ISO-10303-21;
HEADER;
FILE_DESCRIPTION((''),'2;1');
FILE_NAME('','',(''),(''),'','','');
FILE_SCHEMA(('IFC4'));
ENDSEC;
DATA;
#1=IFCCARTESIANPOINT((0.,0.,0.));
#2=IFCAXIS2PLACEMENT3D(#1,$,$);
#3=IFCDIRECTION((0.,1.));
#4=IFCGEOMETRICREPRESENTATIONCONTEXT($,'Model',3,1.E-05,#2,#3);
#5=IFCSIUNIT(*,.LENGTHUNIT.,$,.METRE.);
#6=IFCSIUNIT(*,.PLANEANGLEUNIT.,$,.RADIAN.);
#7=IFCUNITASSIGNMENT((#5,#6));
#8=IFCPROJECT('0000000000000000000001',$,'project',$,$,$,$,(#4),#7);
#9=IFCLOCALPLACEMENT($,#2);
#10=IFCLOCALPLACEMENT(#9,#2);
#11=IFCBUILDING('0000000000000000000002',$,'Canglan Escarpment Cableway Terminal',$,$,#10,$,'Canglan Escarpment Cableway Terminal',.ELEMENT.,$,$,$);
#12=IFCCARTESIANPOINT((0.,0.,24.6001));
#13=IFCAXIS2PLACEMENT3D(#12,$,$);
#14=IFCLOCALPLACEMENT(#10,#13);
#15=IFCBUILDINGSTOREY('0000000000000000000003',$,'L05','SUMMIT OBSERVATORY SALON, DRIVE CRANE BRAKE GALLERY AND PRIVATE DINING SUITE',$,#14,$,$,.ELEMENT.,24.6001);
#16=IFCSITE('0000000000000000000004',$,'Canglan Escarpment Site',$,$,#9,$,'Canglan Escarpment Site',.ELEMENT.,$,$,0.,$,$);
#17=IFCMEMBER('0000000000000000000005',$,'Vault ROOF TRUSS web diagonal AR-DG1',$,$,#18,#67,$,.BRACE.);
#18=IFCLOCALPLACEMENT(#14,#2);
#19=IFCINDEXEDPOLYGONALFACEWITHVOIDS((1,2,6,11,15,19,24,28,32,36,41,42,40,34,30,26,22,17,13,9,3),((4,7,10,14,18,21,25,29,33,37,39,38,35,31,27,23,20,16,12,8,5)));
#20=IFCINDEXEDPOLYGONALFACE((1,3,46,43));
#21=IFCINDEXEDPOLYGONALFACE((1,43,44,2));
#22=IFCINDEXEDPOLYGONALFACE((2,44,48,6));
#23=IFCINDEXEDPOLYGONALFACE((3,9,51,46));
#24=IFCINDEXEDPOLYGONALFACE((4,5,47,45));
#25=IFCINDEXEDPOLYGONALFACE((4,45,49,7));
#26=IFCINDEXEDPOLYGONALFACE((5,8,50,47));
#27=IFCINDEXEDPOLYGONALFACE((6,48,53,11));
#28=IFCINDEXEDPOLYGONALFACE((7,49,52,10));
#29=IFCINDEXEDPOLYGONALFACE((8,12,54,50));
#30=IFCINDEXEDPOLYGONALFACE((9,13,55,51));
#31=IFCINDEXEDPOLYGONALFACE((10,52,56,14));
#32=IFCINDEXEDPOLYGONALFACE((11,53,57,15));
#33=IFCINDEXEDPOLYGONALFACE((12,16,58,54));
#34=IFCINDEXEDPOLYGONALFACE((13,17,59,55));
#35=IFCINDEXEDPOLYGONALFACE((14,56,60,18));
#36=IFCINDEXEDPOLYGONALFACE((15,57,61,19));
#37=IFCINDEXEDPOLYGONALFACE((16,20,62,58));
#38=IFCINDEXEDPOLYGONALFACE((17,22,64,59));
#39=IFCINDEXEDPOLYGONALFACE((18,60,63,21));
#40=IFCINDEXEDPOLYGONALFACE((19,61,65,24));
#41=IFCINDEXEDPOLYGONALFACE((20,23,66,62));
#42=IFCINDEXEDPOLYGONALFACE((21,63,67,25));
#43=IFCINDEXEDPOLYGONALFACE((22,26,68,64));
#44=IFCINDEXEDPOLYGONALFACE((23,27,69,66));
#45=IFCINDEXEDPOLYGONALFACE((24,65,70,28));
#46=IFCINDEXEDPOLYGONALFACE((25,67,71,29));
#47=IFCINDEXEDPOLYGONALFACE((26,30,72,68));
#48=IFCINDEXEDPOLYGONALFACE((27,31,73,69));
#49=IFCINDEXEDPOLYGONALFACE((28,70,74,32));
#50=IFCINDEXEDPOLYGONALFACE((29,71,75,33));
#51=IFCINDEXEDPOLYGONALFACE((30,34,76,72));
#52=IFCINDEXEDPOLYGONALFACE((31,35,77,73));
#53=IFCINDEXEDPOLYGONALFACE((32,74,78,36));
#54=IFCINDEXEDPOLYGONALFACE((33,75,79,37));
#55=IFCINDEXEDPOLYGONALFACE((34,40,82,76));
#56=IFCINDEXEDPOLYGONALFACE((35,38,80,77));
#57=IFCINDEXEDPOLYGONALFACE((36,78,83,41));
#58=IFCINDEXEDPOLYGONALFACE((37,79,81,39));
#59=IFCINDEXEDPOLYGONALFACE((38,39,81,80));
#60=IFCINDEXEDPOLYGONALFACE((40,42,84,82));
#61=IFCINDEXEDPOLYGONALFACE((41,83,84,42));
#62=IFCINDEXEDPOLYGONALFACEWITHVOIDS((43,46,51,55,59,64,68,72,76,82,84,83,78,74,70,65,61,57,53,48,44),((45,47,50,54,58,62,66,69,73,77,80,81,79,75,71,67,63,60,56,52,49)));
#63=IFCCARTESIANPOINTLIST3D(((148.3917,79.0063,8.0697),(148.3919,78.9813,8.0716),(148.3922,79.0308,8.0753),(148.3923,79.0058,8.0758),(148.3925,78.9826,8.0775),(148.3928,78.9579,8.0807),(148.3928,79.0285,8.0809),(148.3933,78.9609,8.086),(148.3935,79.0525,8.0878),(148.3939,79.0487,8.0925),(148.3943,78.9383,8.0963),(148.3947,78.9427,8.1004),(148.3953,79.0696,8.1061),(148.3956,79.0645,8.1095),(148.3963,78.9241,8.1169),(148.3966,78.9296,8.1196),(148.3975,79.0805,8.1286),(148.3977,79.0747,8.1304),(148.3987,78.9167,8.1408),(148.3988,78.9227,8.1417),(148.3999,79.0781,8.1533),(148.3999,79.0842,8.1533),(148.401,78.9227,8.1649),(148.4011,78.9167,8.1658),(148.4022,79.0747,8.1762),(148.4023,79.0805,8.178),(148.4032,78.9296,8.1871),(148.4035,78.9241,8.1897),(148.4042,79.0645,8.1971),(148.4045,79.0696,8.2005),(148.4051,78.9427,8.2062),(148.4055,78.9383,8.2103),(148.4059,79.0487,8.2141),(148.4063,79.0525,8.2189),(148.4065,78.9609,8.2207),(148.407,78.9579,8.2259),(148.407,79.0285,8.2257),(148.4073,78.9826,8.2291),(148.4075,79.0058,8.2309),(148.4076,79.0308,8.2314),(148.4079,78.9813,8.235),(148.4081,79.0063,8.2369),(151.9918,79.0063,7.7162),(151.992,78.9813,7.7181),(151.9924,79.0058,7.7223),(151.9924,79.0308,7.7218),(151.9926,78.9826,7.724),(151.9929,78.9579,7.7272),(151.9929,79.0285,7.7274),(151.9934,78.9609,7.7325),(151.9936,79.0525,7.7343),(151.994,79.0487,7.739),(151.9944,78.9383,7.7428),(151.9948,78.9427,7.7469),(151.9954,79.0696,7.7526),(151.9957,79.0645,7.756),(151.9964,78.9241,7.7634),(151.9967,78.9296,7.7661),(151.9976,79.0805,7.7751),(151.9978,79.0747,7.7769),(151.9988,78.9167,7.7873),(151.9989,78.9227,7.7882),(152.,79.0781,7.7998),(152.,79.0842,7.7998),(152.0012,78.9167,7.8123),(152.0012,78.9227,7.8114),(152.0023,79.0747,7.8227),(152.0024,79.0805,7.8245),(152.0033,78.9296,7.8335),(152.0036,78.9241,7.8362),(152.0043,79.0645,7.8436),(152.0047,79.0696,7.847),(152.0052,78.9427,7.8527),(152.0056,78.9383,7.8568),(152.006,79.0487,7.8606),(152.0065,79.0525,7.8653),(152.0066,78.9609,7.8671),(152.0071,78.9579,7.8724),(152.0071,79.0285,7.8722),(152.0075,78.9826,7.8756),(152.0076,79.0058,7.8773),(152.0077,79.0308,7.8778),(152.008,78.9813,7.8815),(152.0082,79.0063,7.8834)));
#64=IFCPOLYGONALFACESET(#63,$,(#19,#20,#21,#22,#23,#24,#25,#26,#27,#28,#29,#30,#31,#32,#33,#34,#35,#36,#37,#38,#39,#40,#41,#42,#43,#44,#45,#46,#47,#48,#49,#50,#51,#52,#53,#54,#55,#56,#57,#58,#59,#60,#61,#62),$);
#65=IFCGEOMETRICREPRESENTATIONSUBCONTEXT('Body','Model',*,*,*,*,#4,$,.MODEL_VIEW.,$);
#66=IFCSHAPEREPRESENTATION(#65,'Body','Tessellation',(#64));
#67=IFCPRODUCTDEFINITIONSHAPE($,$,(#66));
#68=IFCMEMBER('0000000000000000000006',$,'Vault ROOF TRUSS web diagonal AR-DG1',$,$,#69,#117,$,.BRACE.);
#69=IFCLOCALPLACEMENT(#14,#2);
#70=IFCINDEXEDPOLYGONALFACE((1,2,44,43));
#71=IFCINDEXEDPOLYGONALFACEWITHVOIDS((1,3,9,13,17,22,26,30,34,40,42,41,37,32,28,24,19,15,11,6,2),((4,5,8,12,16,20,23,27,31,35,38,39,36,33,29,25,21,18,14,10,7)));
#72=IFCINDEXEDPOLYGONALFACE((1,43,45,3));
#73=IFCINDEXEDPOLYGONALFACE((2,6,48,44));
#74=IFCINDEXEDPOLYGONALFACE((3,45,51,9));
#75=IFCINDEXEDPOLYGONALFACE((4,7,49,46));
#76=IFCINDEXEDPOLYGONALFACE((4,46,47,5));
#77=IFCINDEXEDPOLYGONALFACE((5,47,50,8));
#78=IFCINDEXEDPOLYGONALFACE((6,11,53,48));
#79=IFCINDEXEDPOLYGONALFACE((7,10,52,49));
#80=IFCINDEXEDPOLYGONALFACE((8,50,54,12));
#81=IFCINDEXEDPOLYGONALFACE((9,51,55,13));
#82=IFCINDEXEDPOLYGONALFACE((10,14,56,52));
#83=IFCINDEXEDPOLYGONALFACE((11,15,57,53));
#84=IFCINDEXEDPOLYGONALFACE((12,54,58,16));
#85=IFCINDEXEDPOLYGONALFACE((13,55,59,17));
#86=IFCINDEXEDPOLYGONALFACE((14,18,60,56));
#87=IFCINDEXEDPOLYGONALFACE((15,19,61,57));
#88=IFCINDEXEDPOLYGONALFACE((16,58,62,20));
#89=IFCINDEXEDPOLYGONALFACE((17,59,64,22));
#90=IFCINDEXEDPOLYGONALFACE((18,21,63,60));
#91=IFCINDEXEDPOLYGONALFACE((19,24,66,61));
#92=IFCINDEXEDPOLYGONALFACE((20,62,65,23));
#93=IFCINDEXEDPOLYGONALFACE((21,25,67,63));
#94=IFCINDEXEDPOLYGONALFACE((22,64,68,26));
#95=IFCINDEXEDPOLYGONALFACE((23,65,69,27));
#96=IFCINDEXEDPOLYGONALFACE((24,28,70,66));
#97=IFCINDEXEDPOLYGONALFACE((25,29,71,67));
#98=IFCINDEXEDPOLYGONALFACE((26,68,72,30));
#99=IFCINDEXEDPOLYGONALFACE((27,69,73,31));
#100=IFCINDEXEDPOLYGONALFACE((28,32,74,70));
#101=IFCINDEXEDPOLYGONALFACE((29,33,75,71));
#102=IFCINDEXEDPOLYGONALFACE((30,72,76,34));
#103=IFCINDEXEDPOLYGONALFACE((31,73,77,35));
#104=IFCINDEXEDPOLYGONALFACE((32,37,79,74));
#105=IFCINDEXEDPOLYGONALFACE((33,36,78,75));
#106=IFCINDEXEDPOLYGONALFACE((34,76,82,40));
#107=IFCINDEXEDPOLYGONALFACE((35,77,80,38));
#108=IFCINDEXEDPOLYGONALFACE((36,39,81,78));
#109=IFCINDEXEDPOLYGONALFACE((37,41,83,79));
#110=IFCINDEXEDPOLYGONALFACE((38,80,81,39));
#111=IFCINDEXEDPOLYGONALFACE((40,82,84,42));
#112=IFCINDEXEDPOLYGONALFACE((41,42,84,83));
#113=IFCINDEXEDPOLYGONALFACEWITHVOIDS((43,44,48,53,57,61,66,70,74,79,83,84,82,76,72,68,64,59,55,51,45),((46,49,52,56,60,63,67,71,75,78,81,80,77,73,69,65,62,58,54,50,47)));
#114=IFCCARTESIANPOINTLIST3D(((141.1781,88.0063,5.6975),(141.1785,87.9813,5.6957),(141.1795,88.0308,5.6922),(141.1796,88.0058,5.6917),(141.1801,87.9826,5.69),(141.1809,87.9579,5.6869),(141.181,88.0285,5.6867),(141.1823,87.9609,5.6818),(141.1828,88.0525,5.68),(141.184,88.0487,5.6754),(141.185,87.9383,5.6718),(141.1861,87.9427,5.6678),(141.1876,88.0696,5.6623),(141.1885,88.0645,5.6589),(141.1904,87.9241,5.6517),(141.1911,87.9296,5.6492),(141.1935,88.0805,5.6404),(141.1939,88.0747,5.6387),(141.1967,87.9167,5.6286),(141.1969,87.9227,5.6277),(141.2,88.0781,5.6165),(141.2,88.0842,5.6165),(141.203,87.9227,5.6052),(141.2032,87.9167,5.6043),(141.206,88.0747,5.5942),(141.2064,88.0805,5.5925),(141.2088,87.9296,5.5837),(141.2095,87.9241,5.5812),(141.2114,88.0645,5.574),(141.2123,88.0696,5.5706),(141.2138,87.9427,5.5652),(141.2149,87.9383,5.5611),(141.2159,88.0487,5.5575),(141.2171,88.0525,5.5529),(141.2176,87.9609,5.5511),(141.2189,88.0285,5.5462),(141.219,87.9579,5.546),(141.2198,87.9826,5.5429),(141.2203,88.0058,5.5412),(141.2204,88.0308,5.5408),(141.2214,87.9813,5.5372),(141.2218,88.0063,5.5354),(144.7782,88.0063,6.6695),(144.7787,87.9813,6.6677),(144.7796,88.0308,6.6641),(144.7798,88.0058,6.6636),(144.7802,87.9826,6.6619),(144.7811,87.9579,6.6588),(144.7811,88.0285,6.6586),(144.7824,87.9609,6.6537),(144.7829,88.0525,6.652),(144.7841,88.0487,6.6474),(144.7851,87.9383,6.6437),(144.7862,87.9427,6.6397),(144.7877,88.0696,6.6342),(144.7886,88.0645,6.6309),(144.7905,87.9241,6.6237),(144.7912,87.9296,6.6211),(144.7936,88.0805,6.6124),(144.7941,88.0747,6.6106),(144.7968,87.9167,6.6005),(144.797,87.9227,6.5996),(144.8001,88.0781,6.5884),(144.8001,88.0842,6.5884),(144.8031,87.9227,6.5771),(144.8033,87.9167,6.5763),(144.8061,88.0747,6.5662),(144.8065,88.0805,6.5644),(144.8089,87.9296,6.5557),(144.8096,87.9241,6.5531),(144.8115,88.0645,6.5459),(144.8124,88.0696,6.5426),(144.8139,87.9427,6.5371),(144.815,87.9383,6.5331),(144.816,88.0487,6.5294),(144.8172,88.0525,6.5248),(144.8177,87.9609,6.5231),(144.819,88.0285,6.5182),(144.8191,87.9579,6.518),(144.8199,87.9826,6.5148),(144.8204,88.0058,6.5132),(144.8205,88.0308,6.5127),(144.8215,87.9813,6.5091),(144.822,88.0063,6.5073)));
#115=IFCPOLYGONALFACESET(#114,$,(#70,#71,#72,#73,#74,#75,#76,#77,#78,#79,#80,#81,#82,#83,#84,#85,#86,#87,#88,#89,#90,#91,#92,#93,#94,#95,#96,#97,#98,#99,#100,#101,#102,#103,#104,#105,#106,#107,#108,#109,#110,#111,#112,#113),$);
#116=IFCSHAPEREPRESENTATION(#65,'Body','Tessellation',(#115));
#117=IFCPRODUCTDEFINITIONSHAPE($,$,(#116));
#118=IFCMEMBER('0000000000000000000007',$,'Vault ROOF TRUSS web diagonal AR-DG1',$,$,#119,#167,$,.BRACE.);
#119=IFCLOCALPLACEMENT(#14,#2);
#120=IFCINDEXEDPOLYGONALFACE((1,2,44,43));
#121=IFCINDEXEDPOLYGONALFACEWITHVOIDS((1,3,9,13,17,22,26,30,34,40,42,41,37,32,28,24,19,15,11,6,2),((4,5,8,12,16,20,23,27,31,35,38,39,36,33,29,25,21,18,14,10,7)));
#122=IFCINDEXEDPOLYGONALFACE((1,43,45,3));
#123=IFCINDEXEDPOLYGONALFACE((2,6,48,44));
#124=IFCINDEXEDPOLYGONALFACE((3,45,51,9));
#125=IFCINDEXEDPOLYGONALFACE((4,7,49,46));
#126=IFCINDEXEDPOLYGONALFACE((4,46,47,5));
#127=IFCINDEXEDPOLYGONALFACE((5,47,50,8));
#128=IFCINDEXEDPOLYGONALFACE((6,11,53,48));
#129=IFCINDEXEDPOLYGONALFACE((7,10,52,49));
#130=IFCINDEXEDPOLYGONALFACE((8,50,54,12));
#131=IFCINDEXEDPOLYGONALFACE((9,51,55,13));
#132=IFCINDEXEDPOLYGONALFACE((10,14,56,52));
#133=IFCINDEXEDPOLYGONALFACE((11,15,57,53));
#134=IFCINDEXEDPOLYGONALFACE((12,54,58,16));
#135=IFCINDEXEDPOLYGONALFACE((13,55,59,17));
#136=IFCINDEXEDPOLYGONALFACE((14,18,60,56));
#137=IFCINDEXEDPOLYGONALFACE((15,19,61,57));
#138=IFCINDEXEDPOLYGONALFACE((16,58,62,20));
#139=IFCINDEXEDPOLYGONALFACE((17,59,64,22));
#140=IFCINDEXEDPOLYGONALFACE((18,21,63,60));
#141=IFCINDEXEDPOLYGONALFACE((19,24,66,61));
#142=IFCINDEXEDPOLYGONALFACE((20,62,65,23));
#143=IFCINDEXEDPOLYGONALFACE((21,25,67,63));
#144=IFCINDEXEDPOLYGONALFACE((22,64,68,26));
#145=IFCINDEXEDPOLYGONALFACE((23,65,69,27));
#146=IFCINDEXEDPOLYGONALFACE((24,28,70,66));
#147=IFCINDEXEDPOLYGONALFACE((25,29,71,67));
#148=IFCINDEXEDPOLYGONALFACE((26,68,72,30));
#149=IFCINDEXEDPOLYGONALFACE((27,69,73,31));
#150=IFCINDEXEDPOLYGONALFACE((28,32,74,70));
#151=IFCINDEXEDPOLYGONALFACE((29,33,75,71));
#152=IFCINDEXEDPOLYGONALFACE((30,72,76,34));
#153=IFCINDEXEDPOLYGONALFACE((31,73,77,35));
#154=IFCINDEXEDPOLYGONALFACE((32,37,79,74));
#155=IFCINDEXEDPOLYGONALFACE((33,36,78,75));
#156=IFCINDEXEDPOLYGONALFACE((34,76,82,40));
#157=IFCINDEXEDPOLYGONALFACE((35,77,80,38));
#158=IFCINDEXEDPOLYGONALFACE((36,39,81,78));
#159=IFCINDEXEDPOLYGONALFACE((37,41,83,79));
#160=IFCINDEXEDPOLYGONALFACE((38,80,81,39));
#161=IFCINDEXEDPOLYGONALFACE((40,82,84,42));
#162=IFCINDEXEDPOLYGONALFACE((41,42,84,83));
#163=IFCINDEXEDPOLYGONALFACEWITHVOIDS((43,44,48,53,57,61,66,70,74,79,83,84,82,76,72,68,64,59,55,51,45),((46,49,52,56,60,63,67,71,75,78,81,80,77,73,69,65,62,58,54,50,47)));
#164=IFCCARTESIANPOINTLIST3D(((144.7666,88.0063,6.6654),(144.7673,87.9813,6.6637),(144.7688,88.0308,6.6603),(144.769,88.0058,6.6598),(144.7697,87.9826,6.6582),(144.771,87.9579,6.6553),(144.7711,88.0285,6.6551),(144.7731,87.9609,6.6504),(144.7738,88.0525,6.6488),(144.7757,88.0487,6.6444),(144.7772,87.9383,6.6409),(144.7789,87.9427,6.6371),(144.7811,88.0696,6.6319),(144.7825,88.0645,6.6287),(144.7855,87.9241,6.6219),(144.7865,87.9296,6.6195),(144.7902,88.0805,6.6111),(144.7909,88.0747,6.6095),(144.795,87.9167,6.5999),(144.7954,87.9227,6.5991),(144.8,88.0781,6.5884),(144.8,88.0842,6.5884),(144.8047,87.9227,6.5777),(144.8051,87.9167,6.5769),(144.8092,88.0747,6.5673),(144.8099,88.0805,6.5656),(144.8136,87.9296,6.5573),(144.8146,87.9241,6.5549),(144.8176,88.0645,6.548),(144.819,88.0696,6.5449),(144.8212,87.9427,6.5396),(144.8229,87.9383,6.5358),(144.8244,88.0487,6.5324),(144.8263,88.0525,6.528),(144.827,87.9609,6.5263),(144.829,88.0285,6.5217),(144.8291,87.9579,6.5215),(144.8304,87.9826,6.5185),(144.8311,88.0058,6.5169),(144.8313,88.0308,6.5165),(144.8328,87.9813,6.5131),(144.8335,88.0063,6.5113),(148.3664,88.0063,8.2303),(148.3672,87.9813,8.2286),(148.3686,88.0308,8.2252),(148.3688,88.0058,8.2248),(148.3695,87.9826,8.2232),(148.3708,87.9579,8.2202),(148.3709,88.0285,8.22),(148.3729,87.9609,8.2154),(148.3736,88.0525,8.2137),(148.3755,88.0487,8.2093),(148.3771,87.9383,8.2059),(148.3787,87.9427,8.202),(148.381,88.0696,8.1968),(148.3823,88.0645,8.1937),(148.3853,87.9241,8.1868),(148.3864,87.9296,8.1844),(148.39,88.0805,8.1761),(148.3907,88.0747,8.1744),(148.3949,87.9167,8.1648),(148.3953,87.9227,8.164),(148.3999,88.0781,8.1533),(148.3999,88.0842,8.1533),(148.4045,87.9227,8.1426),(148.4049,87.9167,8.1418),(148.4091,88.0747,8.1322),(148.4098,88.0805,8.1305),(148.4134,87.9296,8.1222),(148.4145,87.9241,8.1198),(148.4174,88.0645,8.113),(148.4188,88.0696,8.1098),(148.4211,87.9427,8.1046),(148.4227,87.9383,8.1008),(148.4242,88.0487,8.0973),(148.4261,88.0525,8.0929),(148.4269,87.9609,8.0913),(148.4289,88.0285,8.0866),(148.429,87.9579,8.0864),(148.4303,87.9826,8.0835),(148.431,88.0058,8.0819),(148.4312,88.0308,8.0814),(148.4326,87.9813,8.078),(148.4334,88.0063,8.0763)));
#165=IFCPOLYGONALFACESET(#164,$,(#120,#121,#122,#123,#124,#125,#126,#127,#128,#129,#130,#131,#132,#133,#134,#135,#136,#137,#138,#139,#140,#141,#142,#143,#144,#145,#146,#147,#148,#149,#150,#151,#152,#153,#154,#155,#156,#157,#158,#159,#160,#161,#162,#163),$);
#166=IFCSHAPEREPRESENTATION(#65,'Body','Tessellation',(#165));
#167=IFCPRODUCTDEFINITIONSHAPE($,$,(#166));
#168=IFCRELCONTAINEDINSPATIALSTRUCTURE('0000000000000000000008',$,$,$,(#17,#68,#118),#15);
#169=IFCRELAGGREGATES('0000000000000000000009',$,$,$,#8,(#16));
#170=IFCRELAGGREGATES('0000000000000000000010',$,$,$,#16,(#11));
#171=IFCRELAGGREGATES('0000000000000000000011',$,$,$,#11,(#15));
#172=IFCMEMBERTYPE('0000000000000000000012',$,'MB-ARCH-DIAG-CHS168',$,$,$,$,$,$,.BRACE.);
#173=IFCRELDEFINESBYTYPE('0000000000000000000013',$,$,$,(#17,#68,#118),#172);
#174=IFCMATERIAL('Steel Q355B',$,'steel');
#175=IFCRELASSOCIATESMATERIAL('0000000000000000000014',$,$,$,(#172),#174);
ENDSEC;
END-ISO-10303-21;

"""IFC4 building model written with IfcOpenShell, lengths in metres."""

from ifc_helpers import new_model, si_unit, direction, frame, origin, origin_2d, place, context, subcontext, project, spatial, hollow_circle, extrude, material, material_profile, profile_set, type_object, element, save


model = new_model("IFC4")

# Units and contexts
model_context = context("Model", 3, precision=1e-05, world=origin(), true_north=direction((0.0, 1.0)))
body_context = subcontext(model_context, "Body", "Model", "MODEL_VIEW")
ifc_project = project(units=[si_unit("LENGTHUNIT", "METRE"), si_unit("PLANEANGLEUNIT", "RADIAN")], contexts=[model_context])

# Site, building, storey
site_placement = place(None, origin())
site = spatial("IfcSite", under=ifc_project, at=site_placement, Name="Canglan Escarpment Site", LongName="Canglan Escarpment Site", CompositionType="ELEMENT", RefElevation=0.0)
building_placement = place(site_placement, origin())
building = spatial("IfcBuilding", under=site, at=building_placement, Name="Canglan Escarpment Cableway Terminal", LongName="Canglan Escarpment Cableway Terminal", CompositionType="ELEMENT")
storey_placement = place(building_placement, frame((0.0, 0.0, 24.6001)))
storey = spatial("IfcBuildingStorey", under=building, at=storey_placement, Name="L05", Description="SUMMIT OBSERVATORY SALON, DRIVE CRANE BRAKE GALLERY AND PRIVATE DINING SUITE", CompositionType="ELEMENT", Elevation=24.6001)

# Shared definitions
ifc_material_1 = material(Name="Steel Q355B", Category="steel")

# Members
ifc_material_profile_1 = material_profile(ifc_material_1, hollow_circle(Radius=0.0842, WallThickness=0.0061, at=origin_2d()), Name="CHS 168.3x6")
ifc_profile_set_1 = profile_set([ifc_material_profile_1], Name="Steel Q355B")
member_type_1 = type_object("IfcMemberType", Name="MB-ARCH-DIAG-CHS168", PredefinedType="BRACE", material=ifc_profile_set_1)
member_1_placement = place(storey_placement, frame((148.3999, 79.0, 8.1533), z_axis=(0.995213, 0.0, -0.097726), x_axis=(0.0, 1.0, 0.0)))
element("IfcMember", 1, at=member_1_placement, inside=storey, type_object=member_type_1, Name="Vault ROOF TRUSS web diagonal AR-DG1", PredefinedType="BRACE", context=body_context, shape_type="SweptSolid", body=[
    extrude(hollow_circle(Radius=0.0842, WallThickness=0.0061, at=origin_2d()), origin(), (0.0, 0.0, 1.0), 3.6174),
])
member_2_placement = place(storey_placement, frame((141.2, 88.0, 5.6165), z_axis=(0.965436, 0.0, 0.26064), x_axis=(0.0, 1.0, 0.0)))
element("IfcMember", 2, at=member_2_placement, inside=storey, type_object=member_type_1, Name="Vault ROOF TRUSS web diagonal AR-DG1", PredefinedType="BRACE", context=body_context, shape_type="SweptSolid", body=[
    extrude(hollow_circle(Radius=0.0842, WallThickness=0.0061, at=origin_2d()), origin(), (0.0, 0.0, 1.0), 3.729),
])
member_3_placement = place(storey_placement, frame((144.8, 88.0, 6.5884), z_axis=(0.91709, 0.0, 0.398681), x_axis=(0.0, 1.0, 0.0)))
element("IfcMember", 3, at=member_3_placement, inside=storey, type_object=member_type_1, Name="Vault ROOF TRUSS web diagonal AR-DG1", PredefinedType="BRACE", context=body_context, shape_type="SweptSolid", body=[
    extrude(hollow_circle(Radius=0.0842, WallThickness=0.0061, at=origin_2d()), origin(), (0.0, 0.0, 1.0), 3.9253),
])

save(model, "model.ifc")
